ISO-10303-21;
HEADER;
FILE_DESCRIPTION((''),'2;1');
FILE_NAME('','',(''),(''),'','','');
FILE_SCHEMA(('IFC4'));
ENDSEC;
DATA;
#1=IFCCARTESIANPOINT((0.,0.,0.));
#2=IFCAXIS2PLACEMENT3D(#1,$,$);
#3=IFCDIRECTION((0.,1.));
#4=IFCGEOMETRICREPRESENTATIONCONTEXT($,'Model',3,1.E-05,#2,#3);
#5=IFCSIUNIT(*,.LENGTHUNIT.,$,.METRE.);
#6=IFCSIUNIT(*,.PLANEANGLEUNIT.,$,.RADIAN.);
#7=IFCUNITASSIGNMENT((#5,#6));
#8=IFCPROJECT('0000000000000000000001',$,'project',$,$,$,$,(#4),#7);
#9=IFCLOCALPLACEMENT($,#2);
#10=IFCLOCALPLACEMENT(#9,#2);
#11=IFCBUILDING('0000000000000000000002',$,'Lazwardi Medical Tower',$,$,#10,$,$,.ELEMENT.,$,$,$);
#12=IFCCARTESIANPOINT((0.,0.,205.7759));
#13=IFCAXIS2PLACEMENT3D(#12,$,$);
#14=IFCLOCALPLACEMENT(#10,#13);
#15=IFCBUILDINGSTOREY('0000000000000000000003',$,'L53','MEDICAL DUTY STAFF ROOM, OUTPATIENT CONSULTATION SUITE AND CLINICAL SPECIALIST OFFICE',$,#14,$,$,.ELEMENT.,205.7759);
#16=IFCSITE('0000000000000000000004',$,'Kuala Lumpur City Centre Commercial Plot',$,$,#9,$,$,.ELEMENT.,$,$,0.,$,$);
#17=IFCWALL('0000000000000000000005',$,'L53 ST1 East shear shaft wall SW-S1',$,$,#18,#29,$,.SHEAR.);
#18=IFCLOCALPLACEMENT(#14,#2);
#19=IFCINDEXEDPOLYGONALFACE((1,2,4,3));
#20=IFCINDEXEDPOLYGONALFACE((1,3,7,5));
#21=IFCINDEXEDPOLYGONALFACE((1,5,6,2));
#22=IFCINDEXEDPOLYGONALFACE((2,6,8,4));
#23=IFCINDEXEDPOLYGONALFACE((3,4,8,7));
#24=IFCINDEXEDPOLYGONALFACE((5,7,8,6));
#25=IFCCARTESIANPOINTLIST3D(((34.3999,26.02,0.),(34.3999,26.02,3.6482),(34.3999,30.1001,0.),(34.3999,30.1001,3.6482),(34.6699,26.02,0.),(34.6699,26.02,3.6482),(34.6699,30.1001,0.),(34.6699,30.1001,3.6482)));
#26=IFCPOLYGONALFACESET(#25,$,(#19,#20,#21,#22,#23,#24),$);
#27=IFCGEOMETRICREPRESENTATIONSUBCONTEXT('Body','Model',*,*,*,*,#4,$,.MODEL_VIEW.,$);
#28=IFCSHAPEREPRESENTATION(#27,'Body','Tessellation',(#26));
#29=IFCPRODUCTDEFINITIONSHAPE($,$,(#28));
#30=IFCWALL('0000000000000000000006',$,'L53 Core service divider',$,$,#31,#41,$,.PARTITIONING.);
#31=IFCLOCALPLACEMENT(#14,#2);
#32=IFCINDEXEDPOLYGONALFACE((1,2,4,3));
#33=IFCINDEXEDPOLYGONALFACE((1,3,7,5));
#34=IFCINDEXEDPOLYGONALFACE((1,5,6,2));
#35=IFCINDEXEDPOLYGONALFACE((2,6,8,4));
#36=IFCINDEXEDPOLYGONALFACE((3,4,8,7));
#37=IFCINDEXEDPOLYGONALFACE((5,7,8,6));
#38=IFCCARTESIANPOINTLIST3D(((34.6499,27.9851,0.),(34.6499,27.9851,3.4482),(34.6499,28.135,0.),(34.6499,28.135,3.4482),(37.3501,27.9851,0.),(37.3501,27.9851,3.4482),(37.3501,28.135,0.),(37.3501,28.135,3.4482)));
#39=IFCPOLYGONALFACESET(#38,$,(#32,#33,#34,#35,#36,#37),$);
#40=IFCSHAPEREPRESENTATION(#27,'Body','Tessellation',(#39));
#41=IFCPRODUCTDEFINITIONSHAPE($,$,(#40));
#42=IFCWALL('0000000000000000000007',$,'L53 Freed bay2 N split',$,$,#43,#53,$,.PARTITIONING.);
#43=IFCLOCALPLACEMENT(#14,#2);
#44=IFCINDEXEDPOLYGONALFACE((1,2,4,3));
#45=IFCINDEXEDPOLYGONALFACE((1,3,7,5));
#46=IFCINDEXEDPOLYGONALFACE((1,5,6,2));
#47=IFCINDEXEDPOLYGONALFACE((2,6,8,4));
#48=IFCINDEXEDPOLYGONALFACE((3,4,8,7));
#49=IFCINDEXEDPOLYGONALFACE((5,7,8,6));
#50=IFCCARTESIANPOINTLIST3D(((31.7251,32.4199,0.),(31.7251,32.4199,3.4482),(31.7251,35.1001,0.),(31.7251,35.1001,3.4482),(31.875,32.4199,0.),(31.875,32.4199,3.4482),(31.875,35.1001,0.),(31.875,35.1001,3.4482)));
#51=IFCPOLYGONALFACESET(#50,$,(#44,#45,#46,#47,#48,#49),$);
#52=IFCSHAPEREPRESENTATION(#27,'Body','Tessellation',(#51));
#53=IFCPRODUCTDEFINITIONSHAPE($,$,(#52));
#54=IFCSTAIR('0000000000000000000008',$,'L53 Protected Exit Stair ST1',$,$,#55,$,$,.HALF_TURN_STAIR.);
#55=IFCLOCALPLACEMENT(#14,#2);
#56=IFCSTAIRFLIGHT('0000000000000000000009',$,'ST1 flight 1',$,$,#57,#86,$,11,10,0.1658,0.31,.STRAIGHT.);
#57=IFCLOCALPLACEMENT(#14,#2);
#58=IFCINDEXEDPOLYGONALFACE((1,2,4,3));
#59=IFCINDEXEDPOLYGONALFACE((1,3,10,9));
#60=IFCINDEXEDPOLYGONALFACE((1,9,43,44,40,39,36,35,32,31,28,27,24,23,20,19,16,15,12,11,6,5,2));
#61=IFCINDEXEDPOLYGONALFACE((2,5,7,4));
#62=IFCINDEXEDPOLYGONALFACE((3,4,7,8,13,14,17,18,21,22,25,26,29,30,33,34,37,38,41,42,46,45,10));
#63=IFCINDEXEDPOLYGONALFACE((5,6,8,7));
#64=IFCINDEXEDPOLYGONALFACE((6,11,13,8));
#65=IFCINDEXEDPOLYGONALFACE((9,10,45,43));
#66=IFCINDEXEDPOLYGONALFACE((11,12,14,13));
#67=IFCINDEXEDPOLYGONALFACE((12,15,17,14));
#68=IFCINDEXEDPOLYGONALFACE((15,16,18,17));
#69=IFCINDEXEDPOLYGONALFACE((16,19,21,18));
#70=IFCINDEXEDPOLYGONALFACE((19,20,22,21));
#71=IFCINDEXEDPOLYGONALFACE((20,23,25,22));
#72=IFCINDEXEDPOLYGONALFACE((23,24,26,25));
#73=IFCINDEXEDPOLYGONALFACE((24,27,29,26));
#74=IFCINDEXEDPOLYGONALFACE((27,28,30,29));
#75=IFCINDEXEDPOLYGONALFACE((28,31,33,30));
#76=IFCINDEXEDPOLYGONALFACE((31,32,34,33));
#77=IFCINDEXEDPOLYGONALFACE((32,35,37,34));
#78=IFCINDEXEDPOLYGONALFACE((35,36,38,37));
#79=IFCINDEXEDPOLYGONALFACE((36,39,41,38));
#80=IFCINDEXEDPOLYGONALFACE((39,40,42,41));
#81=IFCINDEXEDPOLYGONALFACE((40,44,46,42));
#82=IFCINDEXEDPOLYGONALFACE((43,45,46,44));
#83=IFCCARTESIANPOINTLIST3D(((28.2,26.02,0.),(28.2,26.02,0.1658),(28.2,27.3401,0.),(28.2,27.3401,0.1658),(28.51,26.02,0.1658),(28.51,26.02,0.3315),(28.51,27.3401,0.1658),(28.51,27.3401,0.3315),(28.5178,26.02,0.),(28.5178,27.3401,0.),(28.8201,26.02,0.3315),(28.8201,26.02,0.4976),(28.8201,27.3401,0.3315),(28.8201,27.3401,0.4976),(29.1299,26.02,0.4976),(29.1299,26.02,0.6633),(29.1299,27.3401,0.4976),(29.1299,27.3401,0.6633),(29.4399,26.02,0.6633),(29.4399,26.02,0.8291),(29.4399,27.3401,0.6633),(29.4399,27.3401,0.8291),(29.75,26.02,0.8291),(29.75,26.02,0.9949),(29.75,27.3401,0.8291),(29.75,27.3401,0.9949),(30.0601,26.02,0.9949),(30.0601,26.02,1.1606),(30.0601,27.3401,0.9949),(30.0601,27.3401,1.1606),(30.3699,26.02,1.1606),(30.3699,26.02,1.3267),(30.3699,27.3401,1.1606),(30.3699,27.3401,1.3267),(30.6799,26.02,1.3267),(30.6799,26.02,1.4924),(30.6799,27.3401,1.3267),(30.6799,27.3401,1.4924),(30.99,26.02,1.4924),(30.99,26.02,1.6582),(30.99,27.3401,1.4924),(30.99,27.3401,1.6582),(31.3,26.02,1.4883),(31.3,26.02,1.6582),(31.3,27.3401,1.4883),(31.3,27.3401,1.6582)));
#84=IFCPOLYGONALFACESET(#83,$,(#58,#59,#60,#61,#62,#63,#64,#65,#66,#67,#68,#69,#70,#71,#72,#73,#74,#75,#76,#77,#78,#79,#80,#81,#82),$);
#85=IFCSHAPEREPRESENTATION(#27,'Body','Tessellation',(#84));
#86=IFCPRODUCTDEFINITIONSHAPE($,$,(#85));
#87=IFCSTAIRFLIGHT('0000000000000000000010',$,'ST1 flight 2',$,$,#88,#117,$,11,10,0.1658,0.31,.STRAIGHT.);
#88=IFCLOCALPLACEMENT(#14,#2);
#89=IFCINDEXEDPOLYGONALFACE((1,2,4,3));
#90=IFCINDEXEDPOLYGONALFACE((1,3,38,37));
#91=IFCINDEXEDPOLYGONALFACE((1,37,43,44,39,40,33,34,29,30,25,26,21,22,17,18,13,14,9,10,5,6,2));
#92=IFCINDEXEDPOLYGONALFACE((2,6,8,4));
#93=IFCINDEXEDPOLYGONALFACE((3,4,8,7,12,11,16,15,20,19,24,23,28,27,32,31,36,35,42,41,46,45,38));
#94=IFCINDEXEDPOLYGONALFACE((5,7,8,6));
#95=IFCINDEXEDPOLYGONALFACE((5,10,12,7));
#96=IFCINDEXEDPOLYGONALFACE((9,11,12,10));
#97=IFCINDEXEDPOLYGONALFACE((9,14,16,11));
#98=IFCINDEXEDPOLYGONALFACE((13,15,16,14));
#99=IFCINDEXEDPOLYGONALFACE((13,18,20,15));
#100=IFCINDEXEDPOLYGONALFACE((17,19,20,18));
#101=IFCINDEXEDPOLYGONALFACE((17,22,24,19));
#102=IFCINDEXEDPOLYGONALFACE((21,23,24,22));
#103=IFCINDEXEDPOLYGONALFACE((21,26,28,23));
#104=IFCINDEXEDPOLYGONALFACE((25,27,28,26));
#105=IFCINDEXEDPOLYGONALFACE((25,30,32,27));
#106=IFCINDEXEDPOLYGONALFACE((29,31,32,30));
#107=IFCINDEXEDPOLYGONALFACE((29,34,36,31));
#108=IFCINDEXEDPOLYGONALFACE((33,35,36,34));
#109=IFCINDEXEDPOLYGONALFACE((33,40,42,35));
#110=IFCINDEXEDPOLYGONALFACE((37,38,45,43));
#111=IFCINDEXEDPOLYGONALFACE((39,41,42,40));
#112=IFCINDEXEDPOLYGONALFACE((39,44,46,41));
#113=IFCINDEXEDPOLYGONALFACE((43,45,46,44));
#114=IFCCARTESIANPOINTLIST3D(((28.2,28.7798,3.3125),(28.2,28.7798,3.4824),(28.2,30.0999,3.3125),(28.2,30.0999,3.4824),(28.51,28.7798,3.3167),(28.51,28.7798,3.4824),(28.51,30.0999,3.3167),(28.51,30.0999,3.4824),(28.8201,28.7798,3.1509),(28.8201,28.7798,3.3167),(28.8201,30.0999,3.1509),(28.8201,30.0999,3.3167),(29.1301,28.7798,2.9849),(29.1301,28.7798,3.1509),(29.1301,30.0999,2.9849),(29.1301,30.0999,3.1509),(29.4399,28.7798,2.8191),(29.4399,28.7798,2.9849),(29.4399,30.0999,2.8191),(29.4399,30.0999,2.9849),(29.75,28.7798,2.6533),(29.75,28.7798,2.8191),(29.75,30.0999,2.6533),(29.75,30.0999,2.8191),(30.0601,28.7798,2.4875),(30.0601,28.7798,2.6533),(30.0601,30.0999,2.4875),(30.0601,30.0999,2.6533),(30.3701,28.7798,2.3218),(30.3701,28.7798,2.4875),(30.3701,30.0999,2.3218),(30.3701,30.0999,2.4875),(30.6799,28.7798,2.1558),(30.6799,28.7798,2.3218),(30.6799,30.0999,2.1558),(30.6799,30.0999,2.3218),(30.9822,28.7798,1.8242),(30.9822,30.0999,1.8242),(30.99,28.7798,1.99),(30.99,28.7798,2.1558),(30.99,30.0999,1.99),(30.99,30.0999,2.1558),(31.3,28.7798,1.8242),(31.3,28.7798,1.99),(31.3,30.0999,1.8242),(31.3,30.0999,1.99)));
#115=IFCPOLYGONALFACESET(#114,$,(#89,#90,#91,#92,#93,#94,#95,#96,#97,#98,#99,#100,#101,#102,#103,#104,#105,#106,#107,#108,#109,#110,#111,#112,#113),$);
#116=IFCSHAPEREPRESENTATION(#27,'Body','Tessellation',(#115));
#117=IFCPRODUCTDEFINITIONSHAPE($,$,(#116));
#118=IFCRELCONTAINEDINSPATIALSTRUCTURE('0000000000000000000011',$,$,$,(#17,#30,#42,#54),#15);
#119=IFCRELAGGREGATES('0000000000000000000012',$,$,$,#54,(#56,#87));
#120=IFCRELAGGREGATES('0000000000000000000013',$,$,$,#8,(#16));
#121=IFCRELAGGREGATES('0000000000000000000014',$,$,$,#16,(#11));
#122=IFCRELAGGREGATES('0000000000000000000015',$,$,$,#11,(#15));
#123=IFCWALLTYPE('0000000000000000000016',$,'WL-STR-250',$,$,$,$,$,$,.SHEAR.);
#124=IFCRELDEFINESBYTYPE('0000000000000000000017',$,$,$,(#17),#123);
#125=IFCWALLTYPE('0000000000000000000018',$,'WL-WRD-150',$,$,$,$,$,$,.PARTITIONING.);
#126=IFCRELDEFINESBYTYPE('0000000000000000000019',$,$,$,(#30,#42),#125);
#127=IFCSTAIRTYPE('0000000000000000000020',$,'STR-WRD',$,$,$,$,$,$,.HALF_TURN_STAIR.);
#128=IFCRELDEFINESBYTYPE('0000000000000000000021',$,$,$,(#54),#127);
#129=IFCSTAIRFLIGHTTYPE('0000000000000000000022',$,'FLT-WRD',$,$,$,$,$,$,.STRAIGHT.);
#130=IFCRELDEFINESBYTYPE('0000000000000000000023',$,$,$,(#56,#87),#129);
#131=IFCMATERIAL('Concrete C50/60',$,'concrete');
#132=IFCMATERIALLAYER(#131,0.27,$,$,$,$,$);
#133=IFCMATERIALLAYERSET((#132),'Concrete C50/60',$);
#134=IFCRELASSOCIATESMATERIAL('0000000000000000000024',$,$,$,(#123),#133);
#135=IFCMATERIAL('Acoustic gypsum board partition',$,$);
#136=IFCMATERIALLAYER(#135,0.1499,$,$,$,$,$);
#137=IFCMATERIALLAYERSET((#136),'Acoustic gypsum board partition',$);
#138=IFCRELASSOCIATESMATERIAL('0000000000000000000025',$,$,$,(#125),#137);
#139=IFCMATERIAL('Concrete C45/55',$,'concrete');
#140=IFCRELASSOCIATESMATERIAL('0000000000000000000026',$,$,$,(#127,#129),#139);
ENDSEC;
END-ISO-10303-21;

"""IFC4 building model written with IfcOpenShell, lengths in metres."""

from ifc_helpers import new_model, si_unit, direction, frame, frame_2d, origin, place, context, subcontext, project, spatial, polyline, rectangle, outline, extrude, material, layer, layer_set, type_object, element, aggregate, save


model = new_model("IFC4")

# Units and contexts
model_context = context("Model", 3, precision=1e-05, world=origin(), true_north=direction((0.0, 1.0)))
body_context = subcontext(model_context, "Body", "Model", "MODEL_VIEW")
ifc_project = project(units=[si_unit("LENGTHUNIT", "METRE"), si_unit("PLANEANGLEUNIT", "RADIAN")], contexts=[model_context])

# Site, building, storey
site_placement = place(None, origin())
site = spatial("IfcSite", under=ifc_project, at=site_placement, Name="Kuala Lumpur City Centre Commercial Plot", CompositionType="ELEMENT", RefElevation=0.0)
building_placement = place(site_placement, origin())
building = spatial("IfcBuilding", under=site, at=building_placement, Name="Lazwardi Medical Tower", CompositionType="ELEMENT")
storey_placement = place(building_placement, frame((0.0, 0.0, 205.7759)))
storey = spatial("IfcBuildingStorey", under=building, at=storey_placement, Name="L53", Description="MEDICAL DUTY STAFF ROOM, OUTPATIENT CONSULTATION SUITE AND CLINICAL SPECIALIST OFFICE", CompositionType="ELEMENT", Elevation=205.7759)

# Shared definitions
ifc_material_1 = material(Name="Concrete C50/60", Category="concrete")
ifc_layer_1 = layer(ifc_material_1, 0.27)
ifc_layer_set_1 = layer_set([ifc_layer_1], Name="Concrete C50/60")
wall_type_1 = type_object("IfcWallType", Name="WL-STR-250", PredefinedType="SHEAR", material=ifc_layer_set_1)

# Walls
wall_1_placement = place(storey_placement, frame((34.5349, 26.02, 0.0), z_axis=(0.0, 0.0, 1.0), x_axis=(0.0, 1.0, 0.0)))
element("IfcWall", 1, at=wall_1_placement, inside=storey, type_object=wall_type_1, Name="L53 ST1 East shear shaft wall SW-S1", PredefinedType="SHEAR", context=body_context, shape_type="SweptSolid", body=[
    extrude(rectangle(XDim=4.0801, YDim=0.27, at=frame_2d((2.04, 0.0))), origin(), (0.0, 0.0, 1.0), 3.6482),
])
ifc_material_2 = material(Name="Acoustic gypsum board partition")
ifc_layer_2 = layer(ifc_material_2, 0.1499)
ifc_layer_set_2 = layer_set([ifc_layer_2], Name="Acoustic gypsum board partition")
wall_type_2 = type_object("IfcWallType", Name="WL-WRD-150", PredefinedType="PARTITIONING", material=ifc_layer_set_2)
wall_2_placement = place(storey_placement, frame((34.6499, 28.0601, 0.0), z_axis=(0.0, 0.0, 1.0), x_axis=(1.0, 0.0, 0.0)))
element("IfcWall", 2, at=wall_2_placement, inside=storey, type_object=wall_type_2, Name="L53 Core service divider", PredefinedType="PARTITIONING", context=body_context, shape_type="SweptSolid", body=[
    extrude(rectangle(XDim=2.7002, YDim=0.1499, at=frame_2d((1.3501, 0.0))), origin(), (0.0, 0.0, 1.0), 3.4482),
])
wall_3_placement = place(storey_placement, frame((31.8, 32.4199, 0.0), z_axis=(0.0, 0.0, 1.0), x_axis=(0.0, 1.0, 0.0)))
element("IfcWall", 3, at=wall_3_placement, inside=storey, type_object=wall_type_2, Name="L53 Freed bay2 N split", PredefinedType="PARTITIONING", context=body_context, shape_type="SweptSolid", body=[
    extrude(rectangle(XDim=2.6802, YDim=0.1499, at=frame_2d((1.3401, 0.0))), origin(), (0.0, 0.0, 1.0), 3.4482),
])

# Stair, stair flights
ifc_material_3 = material(Name="Concrete C45/55", Category="concrete")
stair_type = type_object("IfcStairType", Name="STR-WRD", PredefinedType="HALF_TURN_STAIR", material=ifc_material_3)
stair_placement = place(storey_placement, origin())
stair = element("IfcStair", 4, at=stair_placement, inside=storey, type_object=stair_type, Name="L53 Protected Exit Stair ST1", PredefinedType="HALF_TURN_STAIR")
stair_flight_type = type_object("IfcStairFlightType", Name="FLT-WRD", PredefinedType="STRAIGHT", material=ifc_material_3)
stair_flight_1_placement = place(storey_placement, frame((28.2, 26.6799, 0.0), z_axis=(0.0, 0.0, 1.0), x_axis=(1.0, 0.0, 0.0)))
stair_flight_1 = element("IfcStairFlight", 5, at=stair_flight_1_placement, type_object=stair_flight_type, Name="ST1 flight 1", NumberOfRisers=11, NumberOfTreads=10, PredefinedType="STRAIGHT", RiserHeight=0.1658, TreadLength=0.31, context=body_context, shape_type="SweptSolid", body=[
    extrude(outline(polyline([(0.0, 0.0), (0.0, 0.1658), (0.3101, 0.1658), (0.3101, 0.3315), (0.6201, 0.3315), (0.6201, 0.4976), (0.9299, 0.4976), (0.9299, 0.6633), (1.24, 0.6633), (1.24, 0.8291), (1.55, 0.8291), (1.55, 0.9949), (1.8601, 0.9949), (1.8601, 1.1606), (2.1699, 1.1606), (2.1699, 1.3267), (2.48, 1.3267), (2.48, 1.4924), (2.79, 1.4924), (2.79, 1.6582), (3.1001, 1.6582), (3.1001, 1.824), (3.1001, 1.4883), (0.3179, 0.0), (0.0, 0.0)])), frame((0.0, 0.6602, 0.0), z_axis=(0.0, -1.0, 0.0), x_axis=(1.0, 0.0, 0.0)), (0.0, 0.0, 1.0), 1.3201),
])
stair_flight_2_placement = place(storey_placement, frame((31.3, 29.4399, 1.8242), z_axis=(0.0, 0.0, 1.0), x_axis=(-1.0, 0.0, 0.0)))
stair_flight_2 = element("IfcStairFlight", 6, at=stair_flight_2_placement, type_object=stair_flight_type, Name="ST1 flight 2", NumberOfRisers=11, NumberOfTreads=10, PredefinedType="STRAIGHT", RiserHeight=0.1658, TreadLength=0.31, context=body_context, shape_type="SweptSolid", body=[
    extrude(outline(polyline([(0.0, 0.0), (0.0, 0.1658), (0.3101, 0.1658), (0.3101, 0.3315), (0.6201, 0.3315), (0.6201, 0.4976), (0.9299, 0.4976), (0.9299, 0.6633), (1.24, 0.6633), (1.24, 0.8291), (1.55, 0.8291), (1.55, 0.9949), (1.8601, 0.9949), (1.8601, 1.1606), (2.1699, 1.1606), (2.1699, 1.3267), (2.48, 1.3267), (2.48, 1.4924), (2.79, 1.4924), (2.79, 1.6582), (3.1001, 1.6582), (3.1001, 1.824), (3.1001, 1.4883), (0.3179, 0.0), (0.0, 0.0)])), frame((0.0, 0.6602, 0.0), z_axis=(0.0, -1.0, 0.0), x_axis=(1.0, 0.0, 0.0)), (0.0, 0.0, 1.0), 1.3201),
])
aggregate(stair, [stair_flight_1, stair_flight_2])

save(model, "model.ifc")
